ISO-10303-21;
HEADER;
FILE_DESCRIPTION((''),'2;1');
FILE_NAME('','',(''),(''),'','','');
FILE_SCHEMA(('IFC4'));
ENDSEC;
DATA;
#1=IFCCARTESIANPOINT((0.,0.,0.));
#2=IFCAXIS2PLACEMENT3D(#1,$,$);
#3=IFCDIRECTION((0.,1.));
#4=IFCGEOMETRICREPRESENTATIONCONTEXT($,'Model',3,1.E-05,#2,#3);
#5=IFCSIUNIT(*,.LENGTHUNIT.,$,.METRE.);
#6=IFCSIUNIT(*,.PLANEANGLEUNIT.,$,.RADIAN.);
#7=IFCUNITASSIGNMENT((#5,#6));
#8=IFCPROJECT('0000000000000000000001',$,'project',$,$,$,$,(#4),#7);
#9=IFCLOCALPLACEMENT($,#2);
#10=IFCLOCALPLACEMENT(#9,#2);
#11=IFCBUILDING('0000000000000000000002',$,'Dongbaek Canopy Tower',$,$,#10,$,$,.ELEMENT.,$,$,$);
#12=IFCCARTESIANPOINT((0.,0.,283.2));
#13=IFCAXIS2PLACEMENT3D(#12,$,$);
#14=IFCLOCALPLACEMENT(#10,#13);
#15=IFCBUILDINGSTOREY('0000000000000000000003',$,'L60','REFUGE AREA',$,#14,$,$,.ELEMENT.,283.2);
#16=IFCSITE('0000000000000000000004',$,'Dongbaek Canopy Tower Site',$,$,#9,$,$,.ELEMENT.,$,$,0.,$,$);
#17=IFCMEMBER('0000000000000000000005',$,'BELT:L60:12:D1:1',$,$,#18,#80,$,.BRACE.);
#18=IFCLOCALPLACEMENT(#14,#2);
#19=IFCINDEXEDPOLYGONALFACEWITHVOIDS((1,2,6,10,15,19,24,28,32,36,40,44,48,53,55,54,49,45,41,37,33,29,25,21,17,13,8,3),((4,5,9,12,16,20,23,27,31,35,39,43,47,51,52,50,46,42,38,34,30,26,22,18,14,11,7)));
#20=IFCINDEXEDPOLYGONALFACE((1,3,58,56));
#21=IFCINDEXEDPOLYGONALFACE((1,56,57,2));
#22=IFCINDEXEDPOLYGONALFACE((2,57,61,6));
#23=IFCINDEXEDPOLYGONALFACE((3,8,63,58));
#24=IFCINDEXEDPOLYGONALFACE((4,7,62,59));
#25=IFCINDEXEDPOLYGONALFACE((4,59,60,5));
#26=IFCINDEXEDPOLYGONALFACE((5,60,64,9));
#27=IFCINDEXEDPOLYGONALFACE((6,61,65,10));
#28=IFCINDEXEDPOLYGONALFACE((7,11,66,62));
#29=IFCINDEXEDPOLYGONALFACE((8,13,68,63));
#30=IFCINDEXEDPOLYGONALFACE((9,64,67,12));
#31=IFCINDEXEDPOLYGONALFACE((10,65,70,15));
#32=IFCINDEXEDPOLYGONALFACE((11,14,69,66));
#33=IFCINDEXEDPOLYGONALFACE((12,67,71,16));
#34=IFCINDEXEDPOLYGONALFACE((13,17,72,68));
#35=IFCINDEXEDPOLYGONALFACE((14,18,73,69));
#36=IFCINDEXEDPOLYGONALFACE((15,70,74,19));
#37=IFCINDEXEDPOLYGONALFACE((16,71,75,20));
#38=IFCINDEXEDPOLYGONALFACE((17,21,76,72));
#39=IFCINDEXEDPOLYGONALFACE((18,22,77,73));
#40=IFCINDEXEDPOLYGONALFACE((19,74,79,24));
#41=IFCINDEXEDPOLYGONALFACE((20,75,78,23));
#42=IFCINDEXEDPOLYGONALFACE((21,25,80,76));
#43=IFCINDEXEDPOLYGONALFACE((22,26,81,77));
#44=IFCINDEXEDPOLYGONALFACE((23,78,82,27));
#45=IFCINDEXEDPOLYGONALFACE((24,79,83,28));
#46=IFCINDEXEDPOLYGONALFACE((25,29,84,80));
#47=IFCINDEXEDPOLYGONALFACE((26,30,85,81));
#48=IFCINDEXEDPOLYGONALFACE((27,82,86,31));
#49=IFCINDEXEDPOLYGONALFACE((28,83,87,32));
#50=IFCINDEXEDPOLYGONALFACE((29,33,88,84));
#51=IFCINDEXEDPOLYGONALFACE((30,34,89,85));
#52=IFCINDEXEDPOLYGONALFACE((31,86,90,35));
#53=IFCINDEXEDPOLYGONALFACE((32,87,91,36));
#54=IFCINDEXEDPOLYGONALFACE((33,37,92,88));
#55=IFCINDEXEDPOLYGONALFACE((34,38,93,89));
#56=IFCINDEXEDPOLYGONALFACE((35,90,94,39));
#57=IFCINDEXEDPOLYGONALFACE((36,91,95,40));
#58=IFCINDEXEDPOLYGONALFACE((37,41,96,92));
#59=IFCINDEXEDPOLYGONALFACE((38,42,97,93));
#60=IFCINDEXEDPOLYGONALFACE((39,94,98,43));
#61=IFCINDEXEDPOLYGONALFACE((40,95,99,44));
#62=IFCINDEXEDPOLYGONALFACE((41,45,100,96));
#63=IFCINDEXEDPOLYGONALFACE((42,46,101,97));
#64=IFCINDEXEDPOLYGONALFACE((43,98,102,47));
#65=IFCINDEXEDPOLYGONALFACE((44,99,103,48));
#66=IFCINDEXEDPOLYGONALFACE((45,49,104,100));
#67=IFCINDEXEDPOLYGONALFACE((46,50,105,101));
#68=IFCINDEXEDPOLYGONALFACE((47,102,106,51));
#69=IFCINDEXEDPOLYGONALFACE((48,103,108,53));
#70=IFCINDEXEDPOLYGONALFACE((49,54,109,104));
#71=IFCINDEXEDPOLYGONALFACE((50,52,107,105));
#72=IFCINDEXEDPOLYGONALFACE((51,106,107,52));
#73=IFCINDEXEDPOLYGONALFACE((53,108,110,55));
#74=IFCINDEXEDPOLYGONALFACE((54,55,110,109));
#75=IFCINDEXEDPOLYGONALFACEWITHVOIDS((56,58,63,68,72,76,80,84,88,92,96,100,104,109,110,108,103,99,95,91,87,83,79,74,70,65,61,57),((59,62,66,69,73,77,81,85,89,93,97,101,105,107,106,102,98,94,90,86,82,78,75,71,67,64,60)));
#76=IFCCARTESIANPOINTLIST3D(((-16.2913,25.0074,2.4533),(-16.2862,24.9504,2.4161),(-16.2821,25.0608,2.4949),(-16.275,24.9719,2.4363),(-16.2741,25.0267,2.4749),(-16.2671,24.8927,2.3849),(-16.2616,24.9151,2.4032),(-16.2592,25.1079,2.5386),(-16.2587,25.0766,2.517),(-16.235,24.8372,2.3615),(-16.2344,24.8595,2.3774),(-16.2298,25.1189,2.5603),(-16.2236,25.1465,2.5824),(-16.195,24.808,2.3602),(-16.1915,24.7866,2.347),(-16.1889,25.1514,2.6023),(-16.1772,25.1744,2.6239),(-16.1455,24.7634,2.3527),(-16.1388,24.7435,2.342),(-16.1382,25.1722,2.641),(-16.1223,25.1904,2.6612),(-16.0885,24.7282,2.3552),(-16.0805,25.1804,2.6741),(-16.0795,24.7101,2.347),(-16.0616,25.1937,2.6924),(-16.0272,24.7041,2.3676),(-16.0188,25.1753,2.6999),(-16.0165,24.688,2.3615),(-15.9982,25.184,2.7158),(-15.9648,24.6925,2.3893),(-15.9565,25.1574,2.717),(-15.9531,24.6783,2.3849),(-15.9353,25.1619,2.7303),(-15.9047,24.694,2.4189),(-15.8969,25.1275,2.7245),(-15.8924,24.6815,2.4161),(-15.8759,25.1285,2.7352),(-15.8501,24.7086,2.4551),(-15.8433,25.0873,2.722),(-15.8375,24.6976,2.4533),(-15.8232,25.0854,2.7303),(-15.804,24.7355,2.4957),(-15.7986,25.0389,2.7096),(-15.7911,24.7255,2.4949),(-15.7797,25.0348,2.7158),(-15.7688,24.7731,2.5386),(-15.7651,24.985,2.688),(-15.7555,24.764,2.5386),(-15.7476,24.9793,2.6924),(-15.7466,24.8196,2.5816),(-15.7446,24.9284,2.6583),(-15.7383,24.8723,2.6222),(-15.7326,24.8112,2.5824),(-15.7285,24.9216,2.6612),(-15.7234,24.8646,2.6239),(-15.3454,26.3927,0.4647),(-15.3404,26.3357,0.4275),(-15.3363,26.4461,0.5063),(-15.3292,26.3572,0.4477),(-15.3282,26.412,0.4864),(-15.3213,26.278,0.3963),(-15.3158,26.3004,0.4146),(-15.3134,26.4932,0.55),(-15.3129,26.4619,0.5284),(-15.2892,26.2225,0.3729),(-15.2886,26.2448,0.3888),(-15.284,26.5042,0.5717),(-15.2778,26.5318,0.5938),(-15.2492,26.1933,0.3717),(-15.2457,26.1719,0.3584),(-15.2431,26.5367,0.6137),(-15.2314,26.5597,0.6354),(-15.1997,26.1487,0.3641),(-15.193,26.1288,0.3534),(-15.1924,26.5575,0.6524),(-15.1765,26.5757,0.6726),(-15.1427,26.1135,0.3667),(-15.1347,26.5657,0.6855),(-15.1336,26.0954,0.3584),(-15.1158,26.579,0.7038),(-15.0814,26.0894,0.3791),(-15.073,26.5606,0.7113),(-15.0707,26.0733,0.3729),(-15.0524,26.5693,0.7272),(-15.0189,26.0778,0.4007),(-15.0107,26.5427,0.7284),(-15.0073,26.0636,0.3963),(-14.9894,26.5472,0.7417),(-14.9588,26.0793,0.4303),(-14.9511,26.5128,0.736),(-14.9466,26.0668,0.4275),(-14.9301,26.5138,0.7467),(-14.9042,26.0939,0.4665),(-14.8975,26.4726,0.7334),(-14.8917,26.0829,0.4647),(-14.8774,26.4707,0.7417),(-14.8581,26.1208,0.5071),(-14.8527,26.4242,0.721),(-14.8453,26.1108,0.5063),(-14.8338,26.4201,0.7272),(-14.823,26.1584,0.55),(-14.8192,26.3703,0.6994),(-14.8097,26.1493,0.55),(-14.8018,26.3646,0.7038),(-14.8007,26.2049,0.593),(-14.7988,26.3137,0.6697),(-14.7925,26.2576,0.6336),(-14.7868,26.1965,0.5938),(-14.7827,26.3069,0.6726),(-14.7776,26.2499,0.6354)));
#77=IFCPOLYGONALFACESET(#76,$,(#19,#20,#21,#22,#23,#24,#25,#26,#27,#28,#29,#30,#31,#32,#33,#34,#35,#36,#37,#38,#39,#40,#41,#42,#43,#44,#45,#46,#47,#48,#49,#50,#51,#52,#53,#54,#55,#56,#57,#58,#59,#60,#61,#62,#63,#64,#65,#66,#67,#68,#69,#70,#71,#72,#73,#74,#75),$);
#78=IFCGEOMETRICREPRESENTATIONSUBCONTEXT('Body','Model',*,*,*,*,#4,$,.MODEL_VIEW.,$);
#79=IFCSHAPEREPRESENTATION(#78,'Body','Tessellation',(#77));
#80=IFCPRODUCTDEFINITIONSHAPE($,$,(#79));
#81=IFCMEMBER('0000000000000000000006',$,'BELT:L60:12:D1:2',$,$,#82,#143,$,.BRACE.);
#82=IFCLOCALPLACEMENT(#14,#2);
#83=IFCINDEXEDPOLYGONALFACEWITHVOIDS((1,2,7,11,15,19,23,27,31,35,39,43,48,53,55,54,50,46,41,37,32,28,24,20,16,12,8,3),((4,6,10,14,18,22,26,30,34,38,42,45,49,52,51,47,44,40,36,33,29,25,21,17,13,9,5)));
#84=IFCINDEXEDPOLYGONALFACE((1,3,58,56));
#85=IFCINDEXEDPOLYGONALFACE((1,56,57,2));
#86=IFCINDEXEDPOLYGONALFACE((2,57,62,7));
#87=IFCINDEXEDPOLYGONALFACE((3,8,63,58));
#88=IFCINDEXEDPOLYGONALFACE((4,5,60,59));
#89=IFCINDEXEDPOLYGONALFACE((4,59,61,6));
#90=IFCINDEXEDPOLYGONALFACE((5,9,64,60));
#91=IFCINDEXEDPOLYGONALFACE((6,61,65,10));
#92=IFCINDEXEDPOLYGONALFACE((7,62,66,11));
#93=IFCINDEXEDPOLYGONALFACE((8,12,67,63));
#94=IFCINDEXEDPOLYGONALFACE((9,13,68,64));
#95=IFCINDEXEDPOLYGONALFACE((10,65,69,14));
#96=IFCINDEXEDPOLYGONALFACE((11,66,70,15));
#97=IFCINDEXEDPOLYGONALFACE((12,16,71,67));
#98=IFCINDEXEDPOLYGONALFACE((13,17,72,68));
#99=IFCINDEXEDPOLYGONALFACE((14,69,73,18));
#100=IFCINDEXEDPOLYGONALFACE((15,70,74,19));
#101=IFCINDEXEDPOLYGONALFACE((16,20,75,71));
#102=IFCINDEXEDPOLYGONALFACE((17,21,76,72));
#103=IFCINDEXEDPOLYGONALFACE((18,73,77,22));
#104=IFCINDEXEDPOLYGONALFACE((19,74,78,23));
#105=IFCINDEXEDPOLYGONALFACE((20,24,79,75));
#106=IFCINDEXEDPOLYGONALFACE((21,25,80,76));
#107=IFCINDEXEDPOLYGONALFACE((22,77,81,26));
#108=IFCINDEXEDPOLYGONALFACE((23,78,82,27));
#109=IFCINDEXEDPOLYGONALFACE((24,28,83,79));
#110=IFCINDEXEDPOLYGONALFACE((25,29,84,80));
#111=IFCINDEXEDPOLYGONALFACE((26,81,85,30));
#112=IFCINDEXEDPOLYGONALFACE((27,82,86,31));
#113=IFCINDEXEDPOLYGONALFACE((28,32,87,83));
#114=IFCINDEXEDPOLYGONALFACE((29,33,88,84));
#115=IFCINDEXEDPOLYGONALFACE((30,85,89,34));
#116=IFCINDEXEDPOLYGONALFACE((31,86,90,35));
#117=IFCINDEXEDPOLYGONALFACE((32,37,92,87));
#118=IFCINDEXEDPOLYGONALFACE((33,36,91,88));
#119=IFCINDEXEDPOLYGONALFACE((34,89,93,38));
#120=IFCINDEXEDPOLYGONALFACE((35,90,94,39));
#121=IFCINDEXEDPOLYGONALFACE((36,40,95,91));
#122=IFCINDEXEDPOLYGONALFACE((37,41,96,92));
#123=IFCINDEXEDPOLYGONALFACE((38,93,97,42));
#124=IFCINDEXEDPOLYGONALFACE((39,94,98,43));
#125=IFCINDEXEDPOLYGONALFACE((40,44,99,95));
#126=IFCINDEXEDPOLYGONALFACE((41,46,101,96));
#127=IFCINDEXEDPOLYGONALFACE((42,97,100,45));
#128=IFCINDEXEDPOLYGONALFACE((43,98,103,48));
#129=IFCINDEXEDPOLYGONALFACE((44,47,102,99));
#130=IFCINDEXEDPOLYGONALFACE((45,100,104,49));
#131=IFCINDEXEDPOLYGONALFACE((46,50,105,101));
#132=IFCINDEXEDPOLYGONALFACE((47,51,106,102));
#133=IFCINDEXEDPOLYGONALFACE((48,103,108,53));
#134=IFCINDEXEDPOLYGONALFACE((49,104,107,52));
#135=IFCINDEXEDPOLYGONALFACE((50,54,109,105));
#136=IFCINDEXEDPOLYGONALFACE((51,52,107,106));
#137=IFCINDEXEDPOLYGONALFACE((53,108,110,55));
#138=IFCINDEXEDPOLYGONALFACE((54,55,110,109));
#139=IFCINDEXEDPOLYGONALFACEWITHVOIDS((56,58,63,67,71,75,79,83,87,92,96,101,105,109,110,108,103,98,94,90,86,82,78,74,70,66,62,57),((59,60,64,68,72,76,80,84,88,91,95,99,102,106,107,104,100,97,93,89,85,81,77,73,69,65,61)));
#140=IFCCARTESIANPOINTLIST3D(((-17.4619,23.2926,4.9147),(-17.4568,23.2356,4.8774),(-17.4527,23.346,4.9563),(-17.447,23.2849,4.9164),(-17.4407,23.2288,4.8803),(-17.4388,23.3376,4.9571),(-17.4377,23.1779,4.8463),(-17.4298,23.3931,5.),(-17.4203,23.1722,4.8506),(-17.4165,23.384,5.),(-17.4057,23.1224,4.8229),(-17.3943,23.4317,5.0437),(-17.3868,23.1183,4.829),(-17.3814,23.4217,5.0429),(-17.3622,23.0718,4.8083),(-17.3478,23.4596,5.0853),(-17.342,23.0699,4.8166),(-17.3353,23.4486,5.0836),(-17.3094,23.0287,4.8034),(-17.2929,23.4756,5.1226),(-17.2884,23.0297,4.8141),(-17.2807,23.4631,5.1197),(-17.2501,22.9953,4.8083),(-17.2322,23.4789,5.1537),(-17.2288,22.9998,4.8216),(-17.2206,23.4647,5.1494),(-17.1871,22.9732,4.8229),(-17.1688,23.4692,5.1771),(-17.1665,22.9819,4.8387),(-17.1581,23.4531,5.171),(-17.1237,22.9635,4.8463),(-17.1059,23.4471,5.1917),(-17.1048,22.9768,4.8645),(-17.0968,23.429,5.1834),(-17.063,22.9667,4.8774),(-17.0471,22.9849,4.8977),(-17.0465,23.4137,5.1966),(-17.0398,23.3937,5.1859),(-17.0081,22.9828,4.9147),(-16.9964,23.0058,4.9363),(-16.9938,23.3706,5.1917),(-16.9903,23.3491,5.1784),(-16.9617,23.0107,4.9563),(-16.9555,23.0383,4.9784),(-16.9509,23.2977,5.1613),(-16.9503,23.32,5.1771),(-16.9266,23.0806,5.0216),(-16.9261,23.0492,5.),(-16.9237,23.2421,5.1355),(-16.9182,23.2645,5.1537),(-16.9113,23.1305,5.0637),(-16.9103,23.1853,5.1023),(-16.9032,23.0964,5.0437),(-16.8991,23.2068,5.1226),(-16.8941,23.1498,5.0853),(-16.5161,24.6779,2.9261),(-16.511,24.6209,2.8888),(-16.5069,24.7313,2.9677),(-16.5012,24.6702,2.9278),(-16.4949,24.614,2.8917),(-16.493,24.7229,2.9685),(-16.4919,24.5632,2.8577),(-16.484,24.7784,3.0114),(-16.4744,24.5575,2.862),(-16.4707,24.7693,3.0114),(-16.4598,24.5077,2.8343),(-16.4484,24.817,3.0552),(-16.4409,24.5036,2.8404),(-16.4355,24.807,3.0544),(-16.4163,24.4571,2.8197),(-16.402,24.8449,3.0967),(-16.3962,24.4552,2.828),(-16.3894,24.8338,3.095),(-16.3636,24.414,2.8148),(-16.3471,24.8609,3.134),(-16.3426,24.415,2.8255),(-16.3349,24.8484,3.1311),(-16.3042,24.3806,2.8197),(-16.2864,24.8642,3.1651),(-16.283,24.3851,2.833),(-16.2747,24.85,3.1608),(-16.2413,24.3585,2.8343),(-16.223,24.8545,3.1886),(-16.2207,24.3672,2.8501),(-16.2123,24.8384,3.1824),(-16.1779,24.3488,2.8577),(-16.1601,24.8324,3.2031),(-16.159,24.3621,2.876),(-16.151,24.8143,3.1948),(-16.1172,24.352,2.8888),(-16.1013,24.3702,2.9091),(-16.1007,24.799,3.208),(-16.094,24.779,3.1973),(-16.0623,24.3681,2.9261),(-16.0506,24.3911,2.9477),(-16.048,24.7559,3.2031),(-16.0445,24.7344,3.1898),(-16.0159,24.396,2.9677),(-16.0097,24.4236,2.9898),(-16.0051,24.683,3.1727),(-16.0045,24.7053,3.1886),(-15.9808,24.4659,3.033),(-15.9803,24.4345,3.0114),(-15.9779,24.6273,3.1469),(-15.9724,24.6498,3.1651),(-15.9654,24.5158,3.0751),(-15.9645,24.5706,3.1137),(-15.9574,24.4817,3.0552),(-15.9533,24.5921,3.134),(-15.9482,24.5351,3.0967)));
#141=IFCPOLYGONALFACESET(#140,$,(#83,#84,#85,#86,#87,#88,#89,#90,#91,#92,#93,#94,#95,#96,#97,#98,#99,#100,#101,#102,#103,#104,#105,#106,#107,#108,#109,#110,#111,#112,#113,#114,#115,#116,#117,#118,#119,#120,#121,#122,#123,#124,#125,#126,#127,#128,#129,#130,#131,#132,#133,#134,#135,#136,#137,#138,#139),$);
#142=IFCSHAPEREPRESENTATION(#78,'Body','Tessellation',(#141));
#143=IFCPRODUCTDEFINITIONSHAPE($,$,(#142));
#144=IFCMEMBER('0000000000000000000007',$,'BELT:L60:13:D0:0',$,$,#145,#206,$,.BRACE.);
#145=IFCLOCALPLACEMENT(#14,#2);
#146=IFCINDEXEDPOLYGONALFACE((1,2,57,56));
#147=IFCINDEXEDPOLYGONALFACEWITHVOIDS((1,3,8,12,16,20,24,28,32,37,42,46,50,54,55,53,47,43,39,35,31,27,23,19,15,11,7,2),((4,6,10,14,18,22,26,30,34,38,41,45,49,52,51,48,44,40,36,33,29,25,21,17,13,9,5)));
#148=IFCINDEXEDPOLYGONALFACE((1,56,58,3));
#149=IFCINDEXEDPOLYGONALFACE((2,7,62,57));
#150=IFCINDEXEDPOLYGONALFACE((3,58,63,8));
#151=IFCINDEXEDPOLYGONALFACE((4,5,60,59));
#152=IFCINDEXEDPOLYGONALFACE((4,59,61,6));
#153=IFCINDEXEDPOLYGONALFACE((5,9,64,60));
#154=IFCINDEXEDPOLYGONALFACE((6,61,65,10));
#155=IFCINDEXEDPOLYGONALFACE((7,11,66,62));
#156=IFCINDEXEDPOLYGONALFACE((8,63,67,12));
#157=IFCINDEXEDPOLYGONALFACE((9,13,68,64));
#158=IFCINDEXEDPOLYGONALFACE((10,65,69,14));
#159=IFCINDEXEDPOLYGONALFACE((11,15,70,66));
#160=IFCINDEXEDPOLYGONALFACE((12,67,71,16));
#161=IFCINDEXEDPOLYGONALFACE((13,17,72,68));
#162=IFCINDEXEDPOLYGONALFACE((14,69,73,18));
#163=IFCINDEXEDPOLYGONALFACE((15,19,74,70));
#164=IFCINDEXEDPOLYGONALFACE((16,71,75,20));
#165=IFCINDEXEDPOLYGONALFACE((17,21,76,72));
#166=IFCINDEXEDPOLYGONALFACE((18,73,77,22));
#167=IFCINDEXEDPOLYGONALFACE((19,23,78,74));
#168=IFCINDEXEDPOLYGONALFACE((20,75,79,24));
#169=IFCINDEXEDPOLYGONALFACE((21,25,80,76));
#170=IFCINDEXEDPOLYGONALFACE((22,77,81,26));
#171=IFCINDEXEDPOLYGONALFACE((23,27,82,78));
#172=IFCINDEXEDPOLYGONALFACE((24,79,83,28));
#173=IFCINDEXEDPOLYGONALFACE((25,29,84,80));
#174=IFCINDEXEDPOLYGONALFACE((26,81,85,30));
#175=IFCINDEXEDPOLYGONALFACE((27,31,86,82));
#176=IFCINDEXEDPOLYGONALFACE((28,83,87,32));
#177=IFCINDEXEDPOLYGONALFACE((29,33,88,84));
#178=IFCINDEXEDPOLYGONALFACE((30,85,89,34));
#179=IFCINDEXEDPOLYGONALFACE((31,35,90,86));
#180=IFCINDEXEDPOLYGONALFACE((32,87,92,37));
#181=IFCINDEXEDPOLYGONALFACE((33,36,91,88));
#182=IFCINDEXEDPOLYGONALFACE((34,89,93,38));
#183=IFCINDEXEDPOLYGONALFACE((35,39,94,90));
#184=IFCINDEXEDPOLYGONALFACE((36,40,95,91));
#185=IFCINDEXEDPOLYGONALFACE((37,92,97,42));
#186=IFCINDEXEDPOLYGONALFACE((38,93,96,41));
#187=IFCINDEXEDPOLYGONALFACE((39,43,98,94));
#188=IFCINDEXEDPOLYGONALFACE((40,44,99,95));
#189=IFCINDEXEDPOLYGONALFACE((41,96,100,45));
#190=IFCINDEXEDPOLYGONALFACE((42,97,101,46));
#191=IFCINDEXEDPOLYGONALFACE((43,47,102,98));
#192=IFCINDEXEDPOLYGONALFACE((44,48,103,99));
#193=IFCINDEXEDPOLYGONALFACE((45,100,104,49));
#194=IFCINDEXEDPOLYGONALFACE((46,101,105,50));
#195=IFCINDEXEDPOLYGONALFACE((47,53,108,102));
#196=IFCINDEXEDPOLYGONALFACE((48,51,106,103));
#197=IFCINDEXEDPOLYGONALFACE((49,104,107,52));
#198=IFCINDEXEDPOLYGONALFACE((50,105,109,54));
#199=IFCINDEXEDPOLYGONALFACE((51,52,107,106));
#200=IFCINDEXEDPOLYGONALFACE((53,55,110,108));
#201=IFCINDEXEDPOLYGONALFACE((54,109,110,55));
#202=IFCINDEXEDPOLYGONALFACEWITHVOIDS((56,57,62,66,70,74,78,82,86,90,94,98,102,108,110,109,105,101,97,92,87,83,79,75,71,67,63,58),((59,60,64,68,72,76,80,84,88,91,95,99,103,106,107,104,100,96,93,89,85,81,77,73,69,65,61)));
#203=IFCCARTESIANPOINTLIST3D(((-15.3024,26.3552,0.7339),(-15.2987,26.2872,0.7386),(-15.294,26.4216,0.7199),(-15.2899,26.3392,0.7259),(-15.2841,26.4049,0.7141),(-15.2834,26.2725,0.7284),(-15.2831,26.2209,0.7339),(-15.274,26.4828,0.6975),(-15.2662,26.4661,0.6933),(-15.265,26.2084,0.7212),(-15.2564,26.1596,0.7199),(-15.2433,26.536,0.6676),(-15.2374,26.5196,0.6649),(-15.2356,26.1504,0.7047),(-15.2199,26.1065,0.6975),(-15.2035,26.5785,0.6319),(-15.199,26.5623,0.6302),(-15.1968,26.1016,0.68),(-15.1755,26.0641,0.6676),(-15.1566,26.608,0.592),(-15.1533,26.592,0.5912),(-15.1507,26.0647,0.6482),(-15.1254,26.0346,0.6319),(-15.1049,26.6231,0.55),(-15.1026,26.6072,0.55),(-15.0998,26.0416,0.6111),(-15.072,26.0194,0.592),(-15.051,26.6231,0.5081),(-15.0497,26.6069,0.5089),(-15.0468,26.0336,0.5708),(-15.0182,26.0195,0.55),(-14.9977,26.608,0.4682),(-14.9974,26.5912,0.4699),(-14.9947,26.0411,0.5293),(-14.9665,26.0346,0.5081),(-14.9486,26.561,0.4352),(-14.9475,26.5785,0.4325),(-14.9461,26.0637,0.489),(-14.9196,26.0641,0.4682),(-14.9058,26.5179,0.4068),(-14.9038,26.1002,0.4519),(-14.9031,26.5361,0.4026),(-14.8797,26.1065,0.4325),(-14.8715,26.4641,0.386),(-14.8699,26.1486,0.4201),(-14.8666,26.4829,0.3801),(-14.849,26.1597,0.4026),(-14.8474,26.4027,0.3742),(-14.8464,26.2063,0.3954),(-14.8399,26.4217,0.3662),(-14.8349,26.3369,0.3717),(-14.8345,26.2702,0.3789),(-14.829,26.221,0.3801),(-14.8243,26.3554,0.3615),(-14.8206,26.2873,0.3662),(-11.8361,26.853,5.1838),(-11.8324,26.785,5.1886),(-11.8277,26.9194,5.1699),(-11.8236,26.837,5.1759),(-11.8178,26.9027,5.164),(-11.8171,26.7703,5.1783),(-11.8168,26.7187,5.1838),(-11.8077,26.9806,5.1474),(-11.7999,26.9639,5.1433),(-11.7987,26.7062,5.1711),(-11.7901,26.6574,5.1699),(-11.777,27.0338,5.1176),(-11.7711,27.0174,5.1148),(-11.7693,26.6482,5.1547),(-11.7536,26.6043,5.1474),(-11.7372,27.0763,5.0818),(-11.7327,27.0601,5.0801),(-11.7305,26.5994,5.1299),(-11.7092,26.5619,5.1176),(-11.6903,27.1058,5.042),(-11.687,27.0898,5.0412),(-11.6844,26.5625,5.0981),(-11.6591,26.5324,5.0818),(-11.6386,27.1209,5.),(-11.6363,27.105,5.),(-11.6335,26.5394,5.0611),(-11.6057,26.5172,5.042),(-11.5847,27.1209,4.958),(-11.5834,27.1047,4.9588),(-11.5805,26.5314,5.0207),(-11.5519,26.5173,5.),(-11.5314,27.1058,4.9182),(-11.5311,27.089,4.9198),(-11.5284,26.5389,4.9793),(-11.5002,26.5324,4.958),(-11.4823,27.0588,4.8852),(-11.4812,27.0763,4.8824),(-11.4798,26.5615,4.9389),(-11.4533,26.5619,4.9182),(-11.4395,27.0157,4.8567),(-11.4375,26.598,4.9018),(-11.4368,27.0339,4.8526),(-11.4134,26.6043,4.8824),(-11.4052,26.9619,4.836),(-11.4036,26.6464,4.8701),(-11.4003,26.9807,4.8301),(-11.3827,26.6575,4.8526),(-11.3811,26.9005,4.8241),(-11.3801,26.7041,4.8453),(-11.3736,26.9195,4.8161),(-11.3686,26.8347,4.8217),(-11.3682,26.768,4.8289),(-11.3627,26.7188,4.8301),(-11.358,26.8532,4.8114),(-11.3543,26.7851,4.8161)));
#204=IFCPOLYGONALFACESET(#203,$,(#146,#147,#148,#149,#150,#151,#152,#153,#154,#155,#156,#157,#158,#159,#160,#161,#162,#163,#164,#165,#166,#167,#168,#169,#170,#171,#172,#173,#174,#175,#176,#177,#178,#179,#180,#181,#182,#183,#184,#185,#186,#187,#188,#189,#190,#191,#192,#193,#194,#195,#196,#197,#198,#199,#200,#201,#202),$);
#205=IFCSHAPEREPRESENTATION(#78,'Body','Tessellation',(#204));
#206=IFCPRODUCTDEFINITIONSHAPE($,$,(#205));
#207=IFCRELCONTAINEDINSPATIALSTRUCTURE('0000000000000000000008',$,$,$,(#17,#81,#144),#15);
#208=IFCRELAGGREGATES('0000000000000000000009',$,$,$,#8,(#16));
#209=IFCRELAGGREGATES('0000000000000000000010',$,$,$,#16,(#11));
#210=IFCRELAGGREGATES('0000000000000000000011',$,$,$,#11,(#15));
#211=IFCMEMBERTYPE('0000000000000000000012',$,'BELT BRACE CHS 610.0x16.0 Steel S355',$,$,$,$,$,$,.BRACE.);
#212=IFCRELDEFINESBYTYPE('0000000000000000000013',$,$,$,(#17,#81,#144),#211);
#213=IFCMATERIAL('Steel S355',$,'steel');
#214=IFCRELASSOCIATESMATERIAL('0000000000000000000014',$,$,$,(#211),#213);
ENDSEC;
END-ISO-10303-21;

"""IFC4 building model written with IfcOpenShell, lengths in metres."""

from ifc_helpers import new_model, si_unit, direction, frame, origin, origin_2d, place, context, subcontext, project, spatial, hollow_circle, extrude, material, material_profile, profile_set, type_object, element, save


model = new_model("IFC4")

# Units and contexts
model_context = context("Model", 3, precision=1e-05, world=origin(), true_north=direction((0.0, 1.0)))
body_context = subcontext(model_context, "Body", "Model", "MODEL_VIEW")
ifc_project = project(units=[si_unit("LENGTHUNIT", "METRE"), si_unit("PLANEANGLEUNIT", "RADIAN")], contexts=[model_context])

# Site, building, storey
site_placement = place(None, origin())
site = spatial("IfcSite", under=ifc_project, at=site_placement, Name="Dongbaek Canopy Tower Site", CompositionType="ELEMENT", RefElevation=0.0)
building_placement = place(site_placement, origin())
building = spatial("IfcBuilding", under=site, at=building_placement, Name="Dongbaek Canopy Tower", CompositionType="ELEMENT")
storey_placement = place(building_placement, frame((0.0, 0.0, 283.2)))
storey = spatial("IfcBuildingStorey", under=building, at=storey_placement, Name="L60", Description="REFUGE AREA", CompositionType="ELEMENT", Elevation=283.2)

# Members
ifc_material_1 = material(Name="Steel S355", Category="steel")
ifc_material_profile_1 = material_profile(ifc_material_1, hollow_circle(Radius=0.3049, WallThickness=0.0161, at=origin_2d()), Name="BELT BRACE CHS 610.0x16.0 Steel S355")
ifc_profile_set_1 = profile_set([ifc_material_profile_1], Name="Steel S355")
member_type_1 = type_object("IfcMemberType", Name="BELT BRACE CHS 610.0x16.0 Steel S355", PredefinedType="BRACE", material=ifc_profile_set_1)
for number, where, z_axis, x_axis, name in (
    (1, (-15.0615, 26.3213, 0.55), (-0.363563, -0.532487, 0.764382), (0.825864, -0.56387, 0.0), "BELT:L60:12:D1:1"),
    (2, (-17.178, 23.2212, 5.0), (0.363563, 0.532487, -0.764382), (-0.825864, 0.56387, 0.0), "BELT:L60:12:D1:2"),
):
    element("IfcMember", number, at=place(storey_placement, frame(where, z_axis=z_axis, x_axis=x_axis)), inside=storey, type_object=member_type_1, Name=name, PredefinedType="BRACE", context=body_context, shape_type="SweptSolid", body=[
        extrude(hollow_circle(Radius=0.3049, WallThickness=0.0161, at=origin_2d()), origin(), (0.0, 0.0, 1.0), 2.6016),
    ])
member_1_placement = place(storey_placement, frame((-15.0615, 26.3213, 0.55), z_axis=(0.61214, 0.08791, 0.785848), x_axis=(-0.142153, 0.989845, 0.0)))
element("IfcMember", 3, at=member_1_placement, inside=storey, type_object=member_type_1, Name="BELT:L60:13:D0:0", PredefinedType="BRACE", context=body_context, shape_type="SweptSolid", body=[
    extrude(hollow_circle(Radius=0.3049, WallThickness=0.0161, at=origin_2d()), origin(), (0.0, 0.0, 1.0), 5.6626),
])

save(model, "model.ifc")
